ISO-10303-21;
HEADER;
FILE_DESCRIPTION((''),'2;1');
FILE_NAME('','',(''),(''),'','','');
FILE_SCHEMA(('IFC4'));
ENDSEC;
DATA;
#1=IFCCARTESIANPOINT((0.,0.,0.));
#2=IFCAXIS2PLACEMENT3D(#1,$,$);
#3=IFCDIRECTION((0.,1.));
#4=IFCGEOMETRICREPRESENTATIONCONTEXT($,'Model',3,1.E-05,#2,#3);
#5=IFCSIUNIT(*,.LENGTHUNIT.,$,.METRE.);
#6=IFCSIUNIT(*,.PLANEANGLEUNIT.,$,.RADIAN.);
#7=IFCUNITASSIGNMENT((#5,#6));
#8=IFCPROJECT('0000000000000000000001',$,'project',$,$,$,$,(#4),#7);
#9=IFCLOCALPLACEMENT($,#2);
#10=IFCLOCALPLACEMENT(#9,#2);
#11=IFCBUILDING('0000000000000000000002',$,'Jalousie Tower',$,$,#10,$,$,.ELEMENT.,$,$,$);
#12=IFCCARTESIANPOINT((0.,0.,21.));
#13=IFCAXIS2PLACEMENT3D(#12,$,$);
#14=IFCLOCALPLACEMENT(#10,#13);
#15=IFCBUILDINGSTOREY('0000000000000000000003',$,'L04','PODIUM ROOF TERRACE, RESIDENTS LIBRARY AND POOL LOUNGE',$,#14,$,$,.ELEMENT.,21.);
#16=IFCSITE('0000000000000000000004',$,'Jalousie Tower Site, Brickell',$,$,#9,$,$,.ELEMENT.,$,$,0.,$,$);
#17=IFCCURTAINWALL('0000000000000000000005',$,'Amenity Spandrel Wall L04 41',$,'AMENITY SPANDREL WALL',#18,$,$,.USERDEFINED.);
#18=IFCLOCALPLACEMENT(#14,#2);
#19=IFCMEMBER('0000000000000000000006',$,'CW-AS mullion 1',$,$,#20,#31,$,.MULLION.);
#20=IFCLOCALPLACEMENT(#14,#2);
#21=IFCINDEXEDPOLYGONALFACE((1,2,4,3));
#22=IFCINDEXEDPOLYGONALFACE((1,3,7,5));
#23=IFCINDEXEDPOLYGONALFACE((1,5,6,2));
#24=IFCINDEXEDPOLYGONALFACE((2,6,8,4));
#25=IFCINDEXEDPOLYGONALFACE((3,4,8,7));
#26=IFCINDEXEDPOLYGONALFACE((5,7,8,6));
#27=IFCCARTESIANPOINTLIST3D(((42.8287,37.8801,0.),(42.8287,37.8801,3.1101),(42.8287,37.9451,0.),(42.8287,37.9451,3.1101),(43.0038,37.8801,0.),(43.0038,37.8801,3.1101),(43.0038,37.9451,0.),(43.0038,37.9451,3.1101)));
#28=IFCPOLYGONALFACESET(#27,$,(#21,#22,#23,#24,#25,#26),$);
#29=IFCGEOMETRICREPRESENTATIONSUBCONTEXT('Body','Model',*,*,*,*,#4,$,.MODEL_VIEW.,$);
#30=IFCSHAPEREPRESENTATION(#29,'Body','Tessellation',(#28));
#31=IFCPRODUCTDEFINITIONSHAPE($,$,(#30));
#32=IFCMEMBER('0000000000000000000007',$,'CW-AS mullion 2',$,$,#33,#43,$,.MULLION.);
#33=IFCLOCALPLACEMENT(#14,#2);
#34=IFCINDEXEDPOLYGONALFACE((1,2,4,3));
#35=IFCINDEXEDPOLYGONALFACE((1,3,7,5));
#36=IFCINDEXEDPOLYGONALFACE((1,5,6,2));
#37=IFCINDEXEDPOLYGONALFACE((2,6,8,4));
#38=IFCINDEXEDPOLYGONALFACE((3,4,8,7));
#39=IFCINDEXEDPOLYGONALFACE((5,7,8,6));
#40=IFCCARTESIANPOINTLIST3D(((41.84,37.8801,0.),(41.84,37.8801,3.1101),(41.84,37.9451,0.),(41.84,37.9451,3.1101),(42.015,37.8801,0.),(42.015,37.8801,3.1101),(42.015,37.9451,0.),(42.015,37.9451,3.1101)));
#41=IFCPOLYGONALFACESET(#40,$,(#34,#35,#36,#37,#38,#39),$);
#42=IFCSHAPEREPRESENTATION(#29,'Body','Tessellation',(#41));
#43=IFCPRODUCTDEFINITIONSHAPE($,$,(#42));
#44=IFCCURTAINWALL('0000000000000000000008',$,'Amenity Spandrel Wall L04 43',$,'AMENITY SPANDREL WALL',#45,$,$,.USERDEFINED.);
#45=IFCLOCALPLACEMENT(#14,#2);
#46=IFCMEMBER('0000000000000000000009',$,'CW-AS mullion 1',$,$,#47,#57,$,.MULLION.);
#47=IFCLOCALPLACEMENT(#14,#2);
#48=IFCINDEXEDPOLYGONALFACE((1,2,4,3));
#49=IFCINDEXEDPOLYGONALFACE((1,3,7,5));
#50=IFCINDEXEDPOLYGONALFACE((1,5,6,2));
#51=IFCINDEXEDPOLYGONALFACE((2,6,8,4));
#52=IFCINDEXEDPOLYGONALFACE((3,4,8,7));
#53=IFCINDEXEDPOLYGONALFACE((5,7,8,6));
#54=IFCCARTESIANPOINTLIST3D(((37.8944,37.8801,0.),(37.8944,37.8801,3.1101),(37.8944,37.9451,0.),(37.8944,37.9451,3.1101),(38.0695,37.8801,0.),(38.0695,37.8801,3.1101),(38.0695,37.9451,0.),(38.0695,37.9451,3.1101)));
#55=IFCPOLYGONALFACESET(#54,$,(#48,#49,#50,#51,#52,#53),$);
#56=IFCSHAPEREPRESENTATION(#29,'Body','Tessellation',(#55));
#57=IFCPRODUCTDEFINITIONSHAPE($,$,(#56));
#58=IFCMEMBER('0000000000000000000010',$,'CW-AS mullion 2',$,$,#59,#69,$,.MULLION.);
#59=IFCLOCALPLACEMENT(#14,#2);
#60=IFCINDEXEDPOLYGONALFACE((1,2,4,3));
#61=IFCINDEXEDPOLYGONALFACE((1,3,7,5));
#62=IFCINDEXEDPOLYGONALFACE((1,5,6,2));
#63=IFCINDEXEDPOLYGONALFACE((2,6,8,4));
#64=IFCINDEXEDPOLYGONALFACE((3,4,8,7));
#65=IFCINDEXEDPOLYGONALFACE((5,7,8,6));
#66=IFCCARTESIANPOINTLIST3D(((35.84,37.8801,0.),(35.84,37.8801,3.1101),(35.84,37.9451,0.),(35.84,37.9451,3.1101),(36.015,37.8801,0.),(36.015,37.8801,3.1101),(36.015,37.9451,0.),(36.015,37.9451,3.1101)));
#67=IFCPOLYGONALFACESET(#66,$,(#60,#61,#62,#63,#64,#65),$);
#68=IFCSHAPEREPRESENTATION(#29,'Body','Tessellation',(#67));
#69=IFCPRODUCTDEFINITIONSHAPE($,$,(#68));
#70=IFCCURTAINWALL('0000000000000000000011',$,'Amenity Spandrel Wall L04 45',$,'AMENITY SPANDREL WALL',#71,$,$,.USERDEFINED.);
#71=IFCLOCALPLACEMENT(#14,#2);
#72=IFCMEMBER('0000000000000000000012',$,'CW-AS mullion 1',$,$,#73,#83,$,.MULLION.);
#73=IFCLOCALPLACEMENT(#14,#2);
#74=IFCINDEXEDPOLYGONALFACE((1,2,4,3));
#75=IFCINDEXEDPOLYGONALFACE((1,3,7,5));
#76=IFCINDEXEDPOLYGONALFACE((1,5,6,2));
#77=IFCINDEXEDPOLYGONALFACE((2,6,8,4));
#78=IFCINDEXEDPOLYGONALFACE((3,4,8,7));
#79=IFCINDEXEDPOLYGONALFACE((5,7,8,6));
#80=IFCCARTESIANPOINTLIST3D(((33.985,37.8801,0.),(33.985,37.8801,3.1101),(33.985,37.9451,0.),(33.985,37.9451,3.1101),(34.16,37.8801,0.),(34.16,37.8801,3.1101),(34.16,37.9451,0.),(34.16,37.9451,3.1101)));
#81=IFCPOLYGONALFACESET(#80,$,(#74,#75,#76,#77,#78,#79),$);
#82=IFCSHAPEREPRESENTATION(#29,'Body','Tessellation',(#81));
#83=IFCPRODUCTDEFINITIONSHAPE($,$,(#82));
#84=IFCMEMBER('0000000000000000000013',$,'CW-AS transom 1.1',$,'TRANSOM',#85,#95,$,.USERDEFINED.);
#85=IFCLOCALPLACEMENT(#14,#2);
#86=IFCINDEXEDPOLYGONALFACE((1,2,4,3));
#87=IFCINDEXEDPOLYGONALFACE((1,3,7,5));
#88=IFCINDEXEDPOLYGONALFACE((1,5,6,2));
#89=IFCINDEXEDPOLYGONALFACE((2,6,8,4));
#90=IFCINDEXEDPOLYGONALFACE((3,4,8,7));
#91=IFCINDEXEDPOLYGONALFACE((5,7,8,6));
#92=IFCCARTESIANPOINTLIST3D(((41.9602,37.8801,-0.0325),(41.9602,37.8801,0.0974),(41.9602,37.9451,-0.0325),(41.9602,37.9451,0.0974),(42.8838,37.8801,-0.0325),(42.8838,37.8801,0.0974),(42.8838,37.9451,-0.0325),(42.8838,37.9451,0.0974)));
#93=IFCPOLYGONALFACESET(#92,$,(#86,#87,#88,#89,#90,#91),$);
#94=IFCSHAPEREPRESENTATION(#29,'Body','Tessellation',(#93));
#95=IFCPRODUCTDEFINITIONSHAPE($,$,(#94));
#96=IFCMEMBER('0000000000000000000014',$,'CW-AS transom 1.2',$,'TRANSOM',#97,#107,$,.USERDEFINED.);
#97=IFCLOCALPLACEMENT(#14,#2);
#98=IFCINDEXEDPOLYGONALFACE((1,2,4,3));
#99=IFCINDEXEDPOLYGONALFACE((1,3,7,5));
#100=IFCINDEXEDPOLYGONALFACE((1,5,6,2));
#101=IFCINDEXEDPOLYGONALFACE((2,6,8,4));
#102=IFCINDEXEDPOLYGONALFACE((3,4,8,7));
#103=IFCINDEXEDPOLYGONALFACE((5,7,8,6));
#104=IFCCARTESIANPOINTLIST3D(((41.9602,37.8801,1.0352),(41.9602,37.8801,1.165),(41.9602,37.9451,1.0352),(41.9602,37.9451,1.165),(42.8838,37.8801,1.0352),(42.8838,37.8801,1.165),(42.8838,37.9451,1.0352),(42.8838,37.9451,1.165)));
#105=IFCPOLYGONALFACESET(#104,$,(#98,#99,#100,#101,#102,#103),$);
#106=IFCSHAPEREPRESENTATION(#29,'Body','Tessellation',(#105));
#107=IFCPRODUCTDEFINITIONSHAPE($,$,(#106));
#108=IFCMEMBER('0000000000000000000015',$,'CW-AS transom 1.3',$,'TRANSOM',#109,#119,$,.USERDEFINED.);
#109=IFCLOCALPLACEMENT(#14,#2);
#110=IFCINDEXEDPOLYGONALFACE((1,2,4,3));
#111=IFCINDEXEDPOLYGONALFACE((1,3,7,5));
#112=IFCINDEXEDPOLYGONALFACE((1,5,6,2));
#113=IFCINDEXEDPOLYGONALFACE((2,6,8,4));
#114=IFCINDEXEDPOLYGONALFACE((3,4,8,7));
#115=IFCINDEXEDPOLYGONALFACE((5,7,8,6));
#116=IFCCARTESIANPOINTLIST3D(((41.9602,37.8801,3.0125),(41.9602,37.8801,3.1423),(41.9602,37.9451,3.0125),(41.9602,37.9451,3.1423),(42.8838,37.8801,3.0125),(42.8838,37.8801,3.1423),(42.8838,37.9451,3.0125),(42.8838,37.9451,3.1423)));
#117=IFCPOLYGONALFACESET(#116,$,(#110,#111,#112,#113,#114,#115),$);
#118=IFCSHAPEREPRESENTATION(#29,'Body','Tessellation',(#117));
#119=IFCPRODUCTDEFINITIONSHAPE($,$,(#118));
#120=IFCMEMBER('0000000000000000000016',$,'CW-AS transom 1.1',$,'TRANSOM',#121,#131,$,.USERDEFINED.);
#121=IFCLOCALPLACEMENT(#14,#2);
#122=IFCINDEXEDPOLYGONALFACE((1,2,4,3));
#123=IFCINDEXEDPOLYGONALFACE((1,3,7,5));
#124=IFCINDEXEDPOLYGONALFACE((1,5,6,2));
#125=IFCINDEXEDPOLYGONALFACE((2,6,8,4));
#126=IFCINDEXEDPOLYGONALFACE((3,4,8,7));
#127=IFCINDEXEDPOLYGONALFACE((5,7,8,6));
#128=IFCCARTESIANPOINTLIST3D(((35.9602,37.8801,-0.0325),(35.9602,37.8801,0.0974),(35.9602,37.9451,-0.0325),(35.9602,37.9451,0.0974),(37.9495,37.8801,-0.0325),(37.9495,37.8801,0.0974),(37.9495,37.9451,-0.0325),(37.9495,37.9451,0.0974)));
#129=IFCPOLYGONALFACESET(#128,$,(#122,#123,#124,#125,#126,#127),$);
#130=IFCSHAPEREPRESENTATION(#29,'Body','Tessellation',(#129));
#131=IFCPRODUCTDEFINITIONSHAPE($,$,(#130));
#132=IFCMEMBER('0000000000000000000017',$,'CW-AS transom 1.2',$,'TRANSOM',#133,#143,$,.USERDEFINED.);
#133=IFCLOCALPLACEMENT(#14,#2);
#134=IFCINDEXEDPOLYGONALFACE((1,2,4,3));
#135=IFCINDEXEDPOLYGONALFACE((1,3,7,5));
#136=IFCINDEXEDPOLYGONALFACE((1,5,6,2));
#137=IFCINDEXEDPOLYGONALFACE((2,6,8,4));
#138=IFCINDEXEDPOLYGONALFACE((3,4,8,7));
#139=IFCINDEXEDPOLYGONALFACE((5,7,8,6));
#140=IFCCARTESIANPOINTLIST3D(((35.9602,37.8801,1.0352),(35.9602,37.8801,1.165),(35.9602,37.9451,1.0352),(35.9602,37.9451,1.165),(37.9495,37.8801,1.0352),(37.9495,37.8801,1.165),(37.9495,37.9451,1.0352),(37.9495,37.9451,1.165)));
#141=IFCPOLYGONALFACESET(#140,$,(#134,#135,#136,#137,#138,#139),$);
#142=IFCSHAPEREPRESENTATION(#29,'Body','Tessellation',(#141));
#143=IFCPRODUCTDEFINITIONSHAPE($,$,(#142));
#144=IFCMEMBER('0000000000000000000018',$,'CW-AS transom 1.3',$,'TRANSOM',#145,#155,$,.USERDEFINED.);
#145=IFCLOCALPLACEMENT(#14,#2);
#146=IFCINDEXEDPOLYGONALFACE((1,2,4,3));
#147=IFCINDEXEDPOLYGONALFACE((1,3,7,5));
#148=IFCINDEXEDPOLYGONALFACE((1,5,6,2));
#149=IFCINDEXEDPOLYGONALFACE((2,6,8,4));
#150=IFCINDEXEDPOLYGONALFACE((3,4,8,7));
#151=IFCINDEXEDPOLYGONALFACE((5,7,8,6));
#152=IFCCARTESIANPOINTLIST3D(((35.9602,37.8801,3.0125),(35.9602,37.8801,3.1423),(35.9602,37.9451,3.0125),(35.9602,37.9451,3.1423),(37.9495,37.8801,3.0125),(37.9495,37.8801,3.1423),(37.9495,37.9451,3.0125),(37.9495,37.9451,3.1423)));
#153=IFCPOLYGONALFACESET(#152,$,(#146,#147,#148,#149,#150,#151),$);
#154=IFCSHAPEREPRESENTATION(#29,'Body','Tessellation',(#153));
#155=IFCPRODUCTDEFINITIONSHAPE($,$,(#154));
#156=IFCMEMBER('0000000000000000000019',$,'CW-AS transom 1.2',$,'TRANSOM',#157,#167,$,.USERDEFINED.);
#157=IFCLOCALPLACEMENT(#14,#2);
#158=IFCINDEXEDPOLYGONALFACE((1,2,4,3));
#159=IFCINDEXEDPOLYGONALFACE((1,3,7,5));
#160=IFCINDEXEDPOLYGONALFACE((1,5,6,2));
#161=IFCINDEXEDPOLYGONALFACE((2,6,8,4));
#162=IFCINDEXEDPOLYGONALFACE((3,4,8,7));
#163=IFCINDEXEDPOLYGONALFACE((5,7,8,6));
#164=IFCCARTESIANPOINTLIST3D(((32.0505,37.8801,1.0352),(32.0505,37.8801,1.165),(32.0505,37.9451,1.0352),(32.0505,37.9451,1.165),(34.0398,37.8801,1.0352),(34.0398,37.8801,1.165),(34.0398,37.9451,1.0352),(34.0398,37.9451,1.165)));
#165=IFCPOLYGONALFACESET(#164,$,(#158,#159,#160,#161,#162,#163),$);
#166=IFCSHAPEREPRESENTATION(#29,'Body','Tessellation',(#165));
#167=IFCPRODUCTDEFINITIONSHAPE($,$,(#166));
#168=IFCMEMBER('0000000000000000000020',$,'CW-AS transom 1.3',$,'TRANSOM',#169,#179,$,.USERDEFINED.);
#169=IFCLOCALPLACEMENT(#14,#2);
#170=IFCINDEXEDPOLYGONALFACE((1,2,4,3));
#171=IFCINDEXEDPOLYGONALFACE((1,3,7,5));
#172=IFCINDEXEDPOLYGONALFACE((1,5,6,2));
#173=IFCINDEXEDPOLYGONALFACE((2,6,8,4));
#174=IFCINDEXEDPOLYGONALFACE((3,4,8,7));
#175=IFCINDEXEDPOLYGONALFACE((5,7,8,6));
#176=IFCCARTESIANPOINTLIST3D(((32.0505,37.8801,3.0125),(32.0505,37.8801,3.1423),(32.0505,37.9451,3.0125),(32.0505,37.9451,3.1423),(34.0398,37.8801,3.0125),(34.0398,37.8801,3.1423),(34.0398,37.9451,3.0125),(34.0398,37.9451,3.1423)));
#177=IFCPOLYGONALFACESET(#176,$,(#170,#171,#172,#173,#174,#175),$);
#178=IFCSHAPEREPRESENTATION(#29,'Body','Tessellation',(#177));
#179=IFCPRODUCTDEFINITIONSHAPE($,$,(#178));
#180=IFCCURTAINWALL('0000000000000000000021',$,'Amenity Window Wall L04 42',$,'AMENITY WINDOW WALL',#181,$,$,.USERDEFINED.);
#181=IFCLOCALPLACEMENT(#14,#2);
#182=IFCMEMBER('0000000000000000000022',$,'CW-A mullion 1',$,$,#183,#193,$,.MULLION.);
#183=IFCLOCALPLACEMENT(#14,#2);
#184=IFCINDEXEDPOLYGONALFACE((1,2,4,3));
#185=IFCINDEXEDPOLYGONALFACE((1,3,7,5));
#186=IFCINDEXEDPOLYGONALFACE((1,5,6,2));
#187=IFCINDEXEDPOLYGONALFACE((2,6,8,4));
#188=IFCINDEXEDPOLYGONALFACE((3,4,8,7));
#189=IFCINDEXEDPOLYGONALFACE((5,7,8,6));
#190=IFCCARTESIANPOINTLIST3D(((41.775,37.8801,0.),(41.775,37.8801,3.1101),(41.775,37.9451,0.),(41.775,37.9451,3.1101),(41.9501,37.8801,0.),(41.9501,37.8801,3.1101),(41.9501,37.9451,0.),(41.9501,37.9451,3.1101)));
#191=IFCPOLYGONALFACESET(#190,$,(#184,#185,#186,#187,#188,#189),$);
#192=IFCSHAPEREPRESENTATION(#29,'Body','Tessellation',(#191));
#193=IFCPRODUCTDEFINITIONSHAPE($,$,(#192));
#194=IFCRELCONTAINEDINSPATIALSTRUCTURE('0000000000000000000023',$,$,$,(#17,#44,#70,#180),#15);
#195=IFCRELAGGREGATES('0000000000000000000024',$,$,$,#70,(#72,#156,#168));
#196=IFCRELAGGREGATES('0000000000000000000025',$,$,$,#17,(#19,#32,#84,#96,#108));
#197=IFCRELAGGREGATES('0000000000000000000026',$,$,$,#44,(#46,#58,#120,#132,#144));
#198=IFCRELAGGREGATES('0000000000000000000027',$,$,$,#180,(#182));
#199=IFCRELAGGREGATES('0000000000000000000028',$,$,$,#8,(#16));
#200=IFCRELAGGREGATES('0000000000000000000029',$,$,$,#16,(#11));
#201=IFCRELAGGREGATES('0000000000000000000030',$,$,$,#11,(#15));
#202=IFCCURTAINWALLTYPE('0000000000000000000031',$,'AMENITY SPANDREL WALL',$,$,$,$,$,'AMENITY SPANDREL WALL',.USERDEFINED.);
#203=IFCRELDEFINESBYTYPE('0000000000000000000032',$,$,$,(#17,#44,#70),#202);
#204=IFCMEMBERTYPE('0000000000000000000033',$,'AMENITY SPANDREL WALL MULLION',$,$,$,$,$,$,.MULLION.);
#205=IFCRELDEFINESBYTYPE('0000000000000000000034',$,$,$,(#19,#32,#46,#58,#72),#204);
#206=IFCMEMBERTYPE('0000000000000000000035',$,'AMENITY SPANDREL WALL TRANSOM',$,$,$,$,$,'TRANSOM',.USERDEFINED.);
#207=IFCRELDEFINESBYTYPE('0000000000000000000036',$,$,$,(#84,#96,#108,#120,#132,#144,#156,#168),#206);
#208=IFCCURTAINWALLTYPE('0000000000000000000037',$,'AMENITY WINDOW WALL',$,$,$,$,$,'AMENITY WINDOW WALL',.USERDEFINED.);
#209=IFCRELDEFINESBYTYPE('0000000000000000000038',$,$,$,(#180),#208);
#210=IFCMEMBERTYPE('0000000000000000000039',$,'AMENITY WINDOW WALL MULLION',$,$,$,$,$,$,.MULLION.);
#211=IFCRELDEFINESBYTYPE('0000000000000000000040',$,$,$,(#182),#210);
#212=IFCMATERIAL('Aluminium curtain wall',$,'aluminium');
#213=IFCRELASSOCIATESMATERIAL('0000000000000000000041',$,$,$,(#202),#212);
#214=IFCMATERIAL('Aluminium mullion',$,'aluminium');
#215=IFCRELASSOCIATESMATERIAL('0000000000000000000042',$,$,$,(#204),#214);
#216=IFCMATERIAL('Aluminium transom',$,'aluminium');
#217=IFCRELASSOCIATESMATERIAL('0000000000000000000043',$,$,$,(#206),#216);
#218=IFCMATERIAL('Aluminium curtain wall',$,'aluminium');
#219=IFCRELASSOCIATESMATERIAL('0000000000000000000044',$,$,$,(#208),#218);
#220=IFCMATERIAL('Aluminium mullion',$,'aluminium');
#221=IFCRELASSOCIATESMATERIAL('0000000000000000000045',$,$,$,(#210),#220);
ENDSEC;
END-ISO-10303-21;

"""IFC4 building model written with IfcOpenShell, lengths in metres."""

from ifc_helpers import new_model, si_unit, direction, frame, origin, origin_2d, place, context, subcontext, project, spatial, rectangle, extrude, material, material_profile, profile_set, type_object, element, aggregate, save


model = new_model("IFC4")

# Units and contexts
model_context = context("Model", 3, precision=1e-05, world=origin(), true_north=direction((0.0, 1.0)))
body_context = subcontext(model_context, "Body", "Model", "MODEL_VIEW")
ifc_project = project(units=[si_unit("LENGTHUNIT", "METRE"), si_unit("PLANEANGLEUNIT", "RADIAN")], contexts=[model_context])

# Site, building, storey
site_placement = place(None, origin())
site = spatial("IfcSite", under=ifc_project, at=site_placement, Name="Jalousie Tower Site, Brickell", CompositionType="ELEMENT", RefElevation=0.0)
building_placement = place(site_placement, origin())
building = spatial("IfcBuilding", under=site, at=building_placement, Name="Jalousie Tower", CompositionType="ELEMENT")
storey_placement = place(building_placement, frame((0.0, 0.0, 21.0)))
storey = spatial("IfcBuildingStorey", under=building, at=storey_placement, Name="L04", Description="PODIUM ROOF TERRACE, RESIDENTS LIBRARY AND POOL LOUNGE", CompositionType="ELEMENT", Elevation=21.0)

# Curtain walls, members
ifc_material_1 = material(Name="Aluminium curtain wall", Category="aluminium")
curtain_wall_type_1 = type_object("IfcCurtainWallType", Name="AMENITY SPANDREL WALL", ElementType="AMENITY SPANDREL WALL", PredefinedType="USERDEFINED", material=ifc_material_1)
curtain_wall_1_placement = place(storey_placement, origin())
curtain_wall_1 = element("IfcCurtainWall", 1, at=curtain_wall_1_placement, inside=storey, type_object=curtain_wall_type_1, Name="Amenity Spandrel Wall L04 41", ObjectType="AMENITY SPANDREL WALL", PredefinedType="USERDEFINED")
ifc_material_2 = material(Name="Aluminium mullion", Category="aluminium")
ifc_material_profile_1 = material_profile(ifc_material_2, rectangle(XDim=0.0649, YDim=0.175, at=origin_2d()), Name="MULLION 65x175")
ifc_profile_set_1 = profile_set([ifc_material_profile_1], Name="Aluminium mullion")
member_type_1 = type_object("IfcMemberType", Name="AMENITY SPANDREL WALL MULLION", PredefinedType="MULLION", material=ifc_profile_set_1)
member_1_placement = place(storey_placement, frame((42.9163, 37.9126, 0.0), z_axis=(0.0, 0.0, 1.0), x_axis=(0.0, -1.0, 0.0)))
member_1 = element("IfcMember", 2, at=member_1_placement, type_object=member_type_1, Name="CW-AS mullion 1", PredefinedType="MULLION", context=body_context, shape_type="SweptSolid", body=[
    extrude(rectangle(XDim=0.0649, YDim=0.175, at=origin_2d()), origin(), (0.0, 0.0, 1.0), 3.1101),
])
member_2_placement = place(storey_placement, frame((41.9275, 37.9126, 0.0), z_axis=(0.0, 0.0, 1.0), x_axis=(0.0, -1.0, 0.0)))
member_2 = element("IfcMember", 3, at=member_2_placement, type_object=member_type_1, Name="CW-AS mullion 2", PredefinedType="MULLION", context=body_context, shape_type="SweptSolid", body=[
    extrude(rectangle(XDim=0.0649, YDim=0.175, at=origin_2d()), origin(), (0.0, 0.0, 1.0), 3.1101),
])
curtain_wall_2_placement = place(storey_placement, origin())
curtain_wall_2 = element("IfcCurtainWall", 4, at=curtain_wall_2_placement, inside=storey, type_object=curtain_wall_type_1, Name="Amenity Spandrel Wall L04 43", ObjectType="AMENITY SPANDREL WALL", PredefinedType="USERDEFINED")
member_3_placement = place(storey_placement, frame((37.9819, 37.9126, 0.0), z_axis=(0.0, 0.0, 1.0), x_axis=(0.0, -1.0, 0.0)))
member_3 = element("IfcMember", 5, at=member_3_placement, type_object=member_type_1, Name="CW-AS mullion 1", PredefinedType="MULLION", context=body_context, shape_type="SweptSolid", body=[
    extrude(rectangle(XDim=0.0649, YDim=0.175, at=origin_2d()), origin(), (0.0, 0.0, 1.0), 3.1101),
])
member_4_placement = place(storey_placement, frame((35.9275, 37.9126, 0.0), z_axis=(0.0, 0.0, 1.0), x_axis=(0.0, -1.0, 0.0)))
member_4 = element("IfcMember", 6, at=member_4_placement, type_object=member_type_1, Name="CW-AS mullion 2", PredefinedType="MULLION", context=body_context, shape_type="SweptSolid", body=[
    extrude(rectangle(XDim=0.0649, YDim=0.175, at=origin_2d()), origin(), (0.0, 0.0, 1.0), 3.1101),
])

# Curtain wall, member
curtain_wall_3_placement = place(storey_placement, origin())
curtain_wall_3 = element("IfcCurtainWall", 7, at=curtain_wall_3_placement, inside=storey, type_object=curtain_wall_type_1, Name="Amenity Spandrel Wall L04 45", ObjectType="AMENITY SPANDREL WALL", PredefinedType="USERDEFINED")
member_5_placement = place(storey_placement, frame((34.0725, 37.9126, 0.0), z_axis=(0.0, 0.0, 1.0), x_axis=(0.0, -1.0, 0.0)))
member_5 = element("IfcMember", 8, at=member_5_placement, type_object=member_type_1, Name="CW-AS mullion 1", PredefinedType="MULLION", context=body_context, shape_type="SweptSolid", body=[
    extrude(rectangle(XDim=0.0649, YDim=0.175, at=origin_2d()), origin(), (0.0, 0.0, 1.0), 3.1101),
])

# Members
ifc_material_3 = material(Name="Aluminium transom", Category="aluminium")
ifc_material_profile_2 = material_profile(ifc_material_3, rectangle(XDim=0.0649, YDim=0.1299, at=origin_2d()), Name="TRANSOM 65x130")
ifc_profile_set_2 = profile_set([ifc_material_profile_2], Name="Aluminium transom")
member_type_2 = type_object("IfcMemberType", Name="AMENITY SPANDREL WALL TRANSOM", ElementType="TRANSOM", PredefinedType="USERDEFINED", material=ifc_profile_set_2)
member_6_placement = place(storey_placement, frame((42.8838, 37.9126, 0.0325), z_axis=(-1.0, 0.0, 0.0), x_axis=(0.0, -1.0, 0.0)))
member_6 = element("IfcMember", 9, at=member_6_placement, type_object=member_type_2, Name="CW-AS transom 1.1", ObjectType="TRANSOM", PredefinedType="USERDEFINED", context=body_context, shape_type="SweptSolid", body=[
    extrude(rectangle(XDim=0.0649, YDim=0.1299, at=origin_2d()), origin(), (0.0, 0.0, 1.0), 0.9236),
])
member_7_placement = place(storey_placement, frame((42.8838, 37.9126, 1.1001), z_axis=(-1.0, 0.0, 0.0), x_axis=(0.0, -1.0, 0.0)))
member_7 = element("IfcMember", 10, at=member_7_placement, type_object=member_type_2, Name="CW-AS transom 1.2", ObjectType="TRANSOM", PredefinedType="USERDEFINED", context=body_context, shape_type="SweptSolid", body=[
    extrude(rectangle(XDim=0.0649, YDim=0.1299, at=origin_2d()), origin(), (0.0, 0.0, 1.0), 0.9236),
])
member_8_placement = place(storey_placement, frame((42.8838, 37.9126, 3.0774), z_axis=(-1.0, 0.0, 0.0), x_axis=(0.0, -1.0, 0.0)))
member_8 = element("IfcMember", 11, at=member_8_placement, type_object=member_type_2, Name="CW-AS transom 1.3", ObjectType="TRANSOM", PredefinedType="USERDEFINED", context=body_context, shape_type="SweptSolid", body=[
    extrude(rectangle(XDim=0.0649, YDim=0.1299, at=origin_2d()), origin(), (0.0, 0.0, 1.0), 0.9236),
])
member_9_placement = place(storey_placement, frame((37.9495, 37.9126, 0.0325), z_axis=(-1.0, 0.0, 0.0), x_axis=(0.0, -1.0, 0.0)))
member_9 = element("IfcMember", 12, at=member_9_placement, type_object=member_type_2, Name="CW-AS transom 1.1", ObjectType="TRANSOM", PredefinedType="USERDEFINED", context=body_context, shape_type="SweptSolid", body=[
    extrude(rectangle(XDim=0.0649, YDim=0.1299, at=origin_2d()), origin(), (0.0, 0.0, 1.0), 1.9893),
])
member_10_placement = place(storey_placement, frame((37.9495, 37.9126, 1.1001), z_axis=(-1.0, 0.0, 0.0), x_axis=(0.0, -1.0, 0.0)))
member_10 = element("IfcMember", 13, at=member_10_placement, type_object=member_type_2, Name="CW-AS transom 1.2", ObjectType="TRANSOM", PredefinedType="USERDEFINED", context=body_context, shape_type="SweptSolid", body=[
    extrude(rectangle(XDim=0.0649, YDim=0.1299, at=origin_2d()), origin(), (0.0, 0.0, 1.0), 1.9893),
])
member_11_placement = place(storey_placement, frame((37.9495, 37.9126, 3.0774), z_axis=(-1.0, 0.0, 0.0), x_axis=(0.0, -1.0, 0.0)))
member_11 = element("IfcMember", 14, at=member_11_placement, type_object=member_type_2, Name="CW-AS transom 1.3", ObjectType="TRANSOM", PredefinedType="USERDEFINED", context=body_context, shape_type="SweptSolid", body=[
    extrude(rectangle(XDim=0.0649, YDim=0.1299, at=origin_2d()), origin(), (0.0, 0.0, 1.0), 1.9893),
])
member_12_placement = place(storey_placement, frame((34.0398, 37.9126, 1.1001), z_axis=(-1.0, 0.0, 0.0), x_axis=(0.0, -1.0, 0.0)))
member_12 = element("IfcMember", 15, at=member_12_placement, type_object=member_type_2, Name="CW-AS transom 1.2", ObjectType="TRANSOM", PredefinedType="USERDEFINED", context=body_context, shape_type="SweptSolid", body=[
    extrude(rectangle(XDim=0.0649, YDim=0.1299, at=origin_2d()), origin(), (0.0, 0.0, 1.0), 1.9893),
])
member_13_placement = place(storey_placement, frame((34.0398, 37.9126, 3.0774), z_axis=(-1.0, 0.0, 0.0), x_axis=(0.0, -1.0, 0.0)))
member_13 = element("IfcMember", 16, at=member_13_placement, type_object=member_type_2, Name="CW-AS transom 1.3", ObjectType="TRANSOM", PredefinedType="USERDEFINED", context=body_context, shape_type="SweptSolid", body=[
    extrude(rectangle(XDim=0.0649, YDim=0.1299, at=origin_2d()), origin(), (0.0, 0.0, 1.0), 1.9893),
])
aggregate(curtain_wall_3, [member_5, member_12, member_13])

# Curtain wall, member
ifc_material_4 = material(Name="Aluminium curtain wall", Category="aluminium")
curtain_wall_type_2 = type_object("IfcCurtainWallType", Name="AMENITY WINDOW WALL", ElementType="AMENITY WINDOW WALL", PredefinedType="USERDEFINED", material=ifc_material_4)
curtain_wall_4_placement = place(storey_placement, origin())
curtain_wall_4 = element("IfcCurtainWall", 17, at=curtain_wall_4_placement, inside=storey, type_object=curtain_wall_type_2, Name="Amenity Window Wall L04 42", ObjectType="AMENITY WINDOW WALL", PredefinedType="USERDEFINED")
ifc_material_5 = material(Name="Aluminium mullion", Category="aluminium")
ifc_material_profile_3 = material_profile(ifc_material_5, rectangle(XDim=0.0649, YDim=0.175, at=origin_2d()), Name="MULLION 65x175")
ifc_profile_set_3 = profile_set([ifc_material_profile_3], Name="Aluminium mullion")
member_type_3 = type_object("IfcMemberType", Name="AMENITY WINDOW WALL MULLION", PredefinedType="MULLION", material=ifc_profile_set_3)
member_14_placement = place(storey_placement, frame((41.8625, 37.9126, 0.0), z_axis=(0.0, 0.0, 1.0), x_axis=(0.0, -1.0, 0.0)))
member_14 = element("IfcMember", 18, at=member_14_placement, type_object=member_type_3, Name="CW-A mullion 1", PredefinedType="MULLION", context=body_context, shape_type="SweptSolid", body=[
    extrude(rectangle(XDim=0.0649, YDim=0.175, at=origin_2d()), origin(), (0.0, 0.0, 1.0), 3.1101),
])

aggregate(curtain_wall_1, [member_1, member_2, member_6, member_7, member_8])
aggregate(curtain_wall_2, [member_3, member_4, member_9, member_10, member_11])
aggregate(curtain_wall_4, [member_14])

save(model, "model.ifc")
